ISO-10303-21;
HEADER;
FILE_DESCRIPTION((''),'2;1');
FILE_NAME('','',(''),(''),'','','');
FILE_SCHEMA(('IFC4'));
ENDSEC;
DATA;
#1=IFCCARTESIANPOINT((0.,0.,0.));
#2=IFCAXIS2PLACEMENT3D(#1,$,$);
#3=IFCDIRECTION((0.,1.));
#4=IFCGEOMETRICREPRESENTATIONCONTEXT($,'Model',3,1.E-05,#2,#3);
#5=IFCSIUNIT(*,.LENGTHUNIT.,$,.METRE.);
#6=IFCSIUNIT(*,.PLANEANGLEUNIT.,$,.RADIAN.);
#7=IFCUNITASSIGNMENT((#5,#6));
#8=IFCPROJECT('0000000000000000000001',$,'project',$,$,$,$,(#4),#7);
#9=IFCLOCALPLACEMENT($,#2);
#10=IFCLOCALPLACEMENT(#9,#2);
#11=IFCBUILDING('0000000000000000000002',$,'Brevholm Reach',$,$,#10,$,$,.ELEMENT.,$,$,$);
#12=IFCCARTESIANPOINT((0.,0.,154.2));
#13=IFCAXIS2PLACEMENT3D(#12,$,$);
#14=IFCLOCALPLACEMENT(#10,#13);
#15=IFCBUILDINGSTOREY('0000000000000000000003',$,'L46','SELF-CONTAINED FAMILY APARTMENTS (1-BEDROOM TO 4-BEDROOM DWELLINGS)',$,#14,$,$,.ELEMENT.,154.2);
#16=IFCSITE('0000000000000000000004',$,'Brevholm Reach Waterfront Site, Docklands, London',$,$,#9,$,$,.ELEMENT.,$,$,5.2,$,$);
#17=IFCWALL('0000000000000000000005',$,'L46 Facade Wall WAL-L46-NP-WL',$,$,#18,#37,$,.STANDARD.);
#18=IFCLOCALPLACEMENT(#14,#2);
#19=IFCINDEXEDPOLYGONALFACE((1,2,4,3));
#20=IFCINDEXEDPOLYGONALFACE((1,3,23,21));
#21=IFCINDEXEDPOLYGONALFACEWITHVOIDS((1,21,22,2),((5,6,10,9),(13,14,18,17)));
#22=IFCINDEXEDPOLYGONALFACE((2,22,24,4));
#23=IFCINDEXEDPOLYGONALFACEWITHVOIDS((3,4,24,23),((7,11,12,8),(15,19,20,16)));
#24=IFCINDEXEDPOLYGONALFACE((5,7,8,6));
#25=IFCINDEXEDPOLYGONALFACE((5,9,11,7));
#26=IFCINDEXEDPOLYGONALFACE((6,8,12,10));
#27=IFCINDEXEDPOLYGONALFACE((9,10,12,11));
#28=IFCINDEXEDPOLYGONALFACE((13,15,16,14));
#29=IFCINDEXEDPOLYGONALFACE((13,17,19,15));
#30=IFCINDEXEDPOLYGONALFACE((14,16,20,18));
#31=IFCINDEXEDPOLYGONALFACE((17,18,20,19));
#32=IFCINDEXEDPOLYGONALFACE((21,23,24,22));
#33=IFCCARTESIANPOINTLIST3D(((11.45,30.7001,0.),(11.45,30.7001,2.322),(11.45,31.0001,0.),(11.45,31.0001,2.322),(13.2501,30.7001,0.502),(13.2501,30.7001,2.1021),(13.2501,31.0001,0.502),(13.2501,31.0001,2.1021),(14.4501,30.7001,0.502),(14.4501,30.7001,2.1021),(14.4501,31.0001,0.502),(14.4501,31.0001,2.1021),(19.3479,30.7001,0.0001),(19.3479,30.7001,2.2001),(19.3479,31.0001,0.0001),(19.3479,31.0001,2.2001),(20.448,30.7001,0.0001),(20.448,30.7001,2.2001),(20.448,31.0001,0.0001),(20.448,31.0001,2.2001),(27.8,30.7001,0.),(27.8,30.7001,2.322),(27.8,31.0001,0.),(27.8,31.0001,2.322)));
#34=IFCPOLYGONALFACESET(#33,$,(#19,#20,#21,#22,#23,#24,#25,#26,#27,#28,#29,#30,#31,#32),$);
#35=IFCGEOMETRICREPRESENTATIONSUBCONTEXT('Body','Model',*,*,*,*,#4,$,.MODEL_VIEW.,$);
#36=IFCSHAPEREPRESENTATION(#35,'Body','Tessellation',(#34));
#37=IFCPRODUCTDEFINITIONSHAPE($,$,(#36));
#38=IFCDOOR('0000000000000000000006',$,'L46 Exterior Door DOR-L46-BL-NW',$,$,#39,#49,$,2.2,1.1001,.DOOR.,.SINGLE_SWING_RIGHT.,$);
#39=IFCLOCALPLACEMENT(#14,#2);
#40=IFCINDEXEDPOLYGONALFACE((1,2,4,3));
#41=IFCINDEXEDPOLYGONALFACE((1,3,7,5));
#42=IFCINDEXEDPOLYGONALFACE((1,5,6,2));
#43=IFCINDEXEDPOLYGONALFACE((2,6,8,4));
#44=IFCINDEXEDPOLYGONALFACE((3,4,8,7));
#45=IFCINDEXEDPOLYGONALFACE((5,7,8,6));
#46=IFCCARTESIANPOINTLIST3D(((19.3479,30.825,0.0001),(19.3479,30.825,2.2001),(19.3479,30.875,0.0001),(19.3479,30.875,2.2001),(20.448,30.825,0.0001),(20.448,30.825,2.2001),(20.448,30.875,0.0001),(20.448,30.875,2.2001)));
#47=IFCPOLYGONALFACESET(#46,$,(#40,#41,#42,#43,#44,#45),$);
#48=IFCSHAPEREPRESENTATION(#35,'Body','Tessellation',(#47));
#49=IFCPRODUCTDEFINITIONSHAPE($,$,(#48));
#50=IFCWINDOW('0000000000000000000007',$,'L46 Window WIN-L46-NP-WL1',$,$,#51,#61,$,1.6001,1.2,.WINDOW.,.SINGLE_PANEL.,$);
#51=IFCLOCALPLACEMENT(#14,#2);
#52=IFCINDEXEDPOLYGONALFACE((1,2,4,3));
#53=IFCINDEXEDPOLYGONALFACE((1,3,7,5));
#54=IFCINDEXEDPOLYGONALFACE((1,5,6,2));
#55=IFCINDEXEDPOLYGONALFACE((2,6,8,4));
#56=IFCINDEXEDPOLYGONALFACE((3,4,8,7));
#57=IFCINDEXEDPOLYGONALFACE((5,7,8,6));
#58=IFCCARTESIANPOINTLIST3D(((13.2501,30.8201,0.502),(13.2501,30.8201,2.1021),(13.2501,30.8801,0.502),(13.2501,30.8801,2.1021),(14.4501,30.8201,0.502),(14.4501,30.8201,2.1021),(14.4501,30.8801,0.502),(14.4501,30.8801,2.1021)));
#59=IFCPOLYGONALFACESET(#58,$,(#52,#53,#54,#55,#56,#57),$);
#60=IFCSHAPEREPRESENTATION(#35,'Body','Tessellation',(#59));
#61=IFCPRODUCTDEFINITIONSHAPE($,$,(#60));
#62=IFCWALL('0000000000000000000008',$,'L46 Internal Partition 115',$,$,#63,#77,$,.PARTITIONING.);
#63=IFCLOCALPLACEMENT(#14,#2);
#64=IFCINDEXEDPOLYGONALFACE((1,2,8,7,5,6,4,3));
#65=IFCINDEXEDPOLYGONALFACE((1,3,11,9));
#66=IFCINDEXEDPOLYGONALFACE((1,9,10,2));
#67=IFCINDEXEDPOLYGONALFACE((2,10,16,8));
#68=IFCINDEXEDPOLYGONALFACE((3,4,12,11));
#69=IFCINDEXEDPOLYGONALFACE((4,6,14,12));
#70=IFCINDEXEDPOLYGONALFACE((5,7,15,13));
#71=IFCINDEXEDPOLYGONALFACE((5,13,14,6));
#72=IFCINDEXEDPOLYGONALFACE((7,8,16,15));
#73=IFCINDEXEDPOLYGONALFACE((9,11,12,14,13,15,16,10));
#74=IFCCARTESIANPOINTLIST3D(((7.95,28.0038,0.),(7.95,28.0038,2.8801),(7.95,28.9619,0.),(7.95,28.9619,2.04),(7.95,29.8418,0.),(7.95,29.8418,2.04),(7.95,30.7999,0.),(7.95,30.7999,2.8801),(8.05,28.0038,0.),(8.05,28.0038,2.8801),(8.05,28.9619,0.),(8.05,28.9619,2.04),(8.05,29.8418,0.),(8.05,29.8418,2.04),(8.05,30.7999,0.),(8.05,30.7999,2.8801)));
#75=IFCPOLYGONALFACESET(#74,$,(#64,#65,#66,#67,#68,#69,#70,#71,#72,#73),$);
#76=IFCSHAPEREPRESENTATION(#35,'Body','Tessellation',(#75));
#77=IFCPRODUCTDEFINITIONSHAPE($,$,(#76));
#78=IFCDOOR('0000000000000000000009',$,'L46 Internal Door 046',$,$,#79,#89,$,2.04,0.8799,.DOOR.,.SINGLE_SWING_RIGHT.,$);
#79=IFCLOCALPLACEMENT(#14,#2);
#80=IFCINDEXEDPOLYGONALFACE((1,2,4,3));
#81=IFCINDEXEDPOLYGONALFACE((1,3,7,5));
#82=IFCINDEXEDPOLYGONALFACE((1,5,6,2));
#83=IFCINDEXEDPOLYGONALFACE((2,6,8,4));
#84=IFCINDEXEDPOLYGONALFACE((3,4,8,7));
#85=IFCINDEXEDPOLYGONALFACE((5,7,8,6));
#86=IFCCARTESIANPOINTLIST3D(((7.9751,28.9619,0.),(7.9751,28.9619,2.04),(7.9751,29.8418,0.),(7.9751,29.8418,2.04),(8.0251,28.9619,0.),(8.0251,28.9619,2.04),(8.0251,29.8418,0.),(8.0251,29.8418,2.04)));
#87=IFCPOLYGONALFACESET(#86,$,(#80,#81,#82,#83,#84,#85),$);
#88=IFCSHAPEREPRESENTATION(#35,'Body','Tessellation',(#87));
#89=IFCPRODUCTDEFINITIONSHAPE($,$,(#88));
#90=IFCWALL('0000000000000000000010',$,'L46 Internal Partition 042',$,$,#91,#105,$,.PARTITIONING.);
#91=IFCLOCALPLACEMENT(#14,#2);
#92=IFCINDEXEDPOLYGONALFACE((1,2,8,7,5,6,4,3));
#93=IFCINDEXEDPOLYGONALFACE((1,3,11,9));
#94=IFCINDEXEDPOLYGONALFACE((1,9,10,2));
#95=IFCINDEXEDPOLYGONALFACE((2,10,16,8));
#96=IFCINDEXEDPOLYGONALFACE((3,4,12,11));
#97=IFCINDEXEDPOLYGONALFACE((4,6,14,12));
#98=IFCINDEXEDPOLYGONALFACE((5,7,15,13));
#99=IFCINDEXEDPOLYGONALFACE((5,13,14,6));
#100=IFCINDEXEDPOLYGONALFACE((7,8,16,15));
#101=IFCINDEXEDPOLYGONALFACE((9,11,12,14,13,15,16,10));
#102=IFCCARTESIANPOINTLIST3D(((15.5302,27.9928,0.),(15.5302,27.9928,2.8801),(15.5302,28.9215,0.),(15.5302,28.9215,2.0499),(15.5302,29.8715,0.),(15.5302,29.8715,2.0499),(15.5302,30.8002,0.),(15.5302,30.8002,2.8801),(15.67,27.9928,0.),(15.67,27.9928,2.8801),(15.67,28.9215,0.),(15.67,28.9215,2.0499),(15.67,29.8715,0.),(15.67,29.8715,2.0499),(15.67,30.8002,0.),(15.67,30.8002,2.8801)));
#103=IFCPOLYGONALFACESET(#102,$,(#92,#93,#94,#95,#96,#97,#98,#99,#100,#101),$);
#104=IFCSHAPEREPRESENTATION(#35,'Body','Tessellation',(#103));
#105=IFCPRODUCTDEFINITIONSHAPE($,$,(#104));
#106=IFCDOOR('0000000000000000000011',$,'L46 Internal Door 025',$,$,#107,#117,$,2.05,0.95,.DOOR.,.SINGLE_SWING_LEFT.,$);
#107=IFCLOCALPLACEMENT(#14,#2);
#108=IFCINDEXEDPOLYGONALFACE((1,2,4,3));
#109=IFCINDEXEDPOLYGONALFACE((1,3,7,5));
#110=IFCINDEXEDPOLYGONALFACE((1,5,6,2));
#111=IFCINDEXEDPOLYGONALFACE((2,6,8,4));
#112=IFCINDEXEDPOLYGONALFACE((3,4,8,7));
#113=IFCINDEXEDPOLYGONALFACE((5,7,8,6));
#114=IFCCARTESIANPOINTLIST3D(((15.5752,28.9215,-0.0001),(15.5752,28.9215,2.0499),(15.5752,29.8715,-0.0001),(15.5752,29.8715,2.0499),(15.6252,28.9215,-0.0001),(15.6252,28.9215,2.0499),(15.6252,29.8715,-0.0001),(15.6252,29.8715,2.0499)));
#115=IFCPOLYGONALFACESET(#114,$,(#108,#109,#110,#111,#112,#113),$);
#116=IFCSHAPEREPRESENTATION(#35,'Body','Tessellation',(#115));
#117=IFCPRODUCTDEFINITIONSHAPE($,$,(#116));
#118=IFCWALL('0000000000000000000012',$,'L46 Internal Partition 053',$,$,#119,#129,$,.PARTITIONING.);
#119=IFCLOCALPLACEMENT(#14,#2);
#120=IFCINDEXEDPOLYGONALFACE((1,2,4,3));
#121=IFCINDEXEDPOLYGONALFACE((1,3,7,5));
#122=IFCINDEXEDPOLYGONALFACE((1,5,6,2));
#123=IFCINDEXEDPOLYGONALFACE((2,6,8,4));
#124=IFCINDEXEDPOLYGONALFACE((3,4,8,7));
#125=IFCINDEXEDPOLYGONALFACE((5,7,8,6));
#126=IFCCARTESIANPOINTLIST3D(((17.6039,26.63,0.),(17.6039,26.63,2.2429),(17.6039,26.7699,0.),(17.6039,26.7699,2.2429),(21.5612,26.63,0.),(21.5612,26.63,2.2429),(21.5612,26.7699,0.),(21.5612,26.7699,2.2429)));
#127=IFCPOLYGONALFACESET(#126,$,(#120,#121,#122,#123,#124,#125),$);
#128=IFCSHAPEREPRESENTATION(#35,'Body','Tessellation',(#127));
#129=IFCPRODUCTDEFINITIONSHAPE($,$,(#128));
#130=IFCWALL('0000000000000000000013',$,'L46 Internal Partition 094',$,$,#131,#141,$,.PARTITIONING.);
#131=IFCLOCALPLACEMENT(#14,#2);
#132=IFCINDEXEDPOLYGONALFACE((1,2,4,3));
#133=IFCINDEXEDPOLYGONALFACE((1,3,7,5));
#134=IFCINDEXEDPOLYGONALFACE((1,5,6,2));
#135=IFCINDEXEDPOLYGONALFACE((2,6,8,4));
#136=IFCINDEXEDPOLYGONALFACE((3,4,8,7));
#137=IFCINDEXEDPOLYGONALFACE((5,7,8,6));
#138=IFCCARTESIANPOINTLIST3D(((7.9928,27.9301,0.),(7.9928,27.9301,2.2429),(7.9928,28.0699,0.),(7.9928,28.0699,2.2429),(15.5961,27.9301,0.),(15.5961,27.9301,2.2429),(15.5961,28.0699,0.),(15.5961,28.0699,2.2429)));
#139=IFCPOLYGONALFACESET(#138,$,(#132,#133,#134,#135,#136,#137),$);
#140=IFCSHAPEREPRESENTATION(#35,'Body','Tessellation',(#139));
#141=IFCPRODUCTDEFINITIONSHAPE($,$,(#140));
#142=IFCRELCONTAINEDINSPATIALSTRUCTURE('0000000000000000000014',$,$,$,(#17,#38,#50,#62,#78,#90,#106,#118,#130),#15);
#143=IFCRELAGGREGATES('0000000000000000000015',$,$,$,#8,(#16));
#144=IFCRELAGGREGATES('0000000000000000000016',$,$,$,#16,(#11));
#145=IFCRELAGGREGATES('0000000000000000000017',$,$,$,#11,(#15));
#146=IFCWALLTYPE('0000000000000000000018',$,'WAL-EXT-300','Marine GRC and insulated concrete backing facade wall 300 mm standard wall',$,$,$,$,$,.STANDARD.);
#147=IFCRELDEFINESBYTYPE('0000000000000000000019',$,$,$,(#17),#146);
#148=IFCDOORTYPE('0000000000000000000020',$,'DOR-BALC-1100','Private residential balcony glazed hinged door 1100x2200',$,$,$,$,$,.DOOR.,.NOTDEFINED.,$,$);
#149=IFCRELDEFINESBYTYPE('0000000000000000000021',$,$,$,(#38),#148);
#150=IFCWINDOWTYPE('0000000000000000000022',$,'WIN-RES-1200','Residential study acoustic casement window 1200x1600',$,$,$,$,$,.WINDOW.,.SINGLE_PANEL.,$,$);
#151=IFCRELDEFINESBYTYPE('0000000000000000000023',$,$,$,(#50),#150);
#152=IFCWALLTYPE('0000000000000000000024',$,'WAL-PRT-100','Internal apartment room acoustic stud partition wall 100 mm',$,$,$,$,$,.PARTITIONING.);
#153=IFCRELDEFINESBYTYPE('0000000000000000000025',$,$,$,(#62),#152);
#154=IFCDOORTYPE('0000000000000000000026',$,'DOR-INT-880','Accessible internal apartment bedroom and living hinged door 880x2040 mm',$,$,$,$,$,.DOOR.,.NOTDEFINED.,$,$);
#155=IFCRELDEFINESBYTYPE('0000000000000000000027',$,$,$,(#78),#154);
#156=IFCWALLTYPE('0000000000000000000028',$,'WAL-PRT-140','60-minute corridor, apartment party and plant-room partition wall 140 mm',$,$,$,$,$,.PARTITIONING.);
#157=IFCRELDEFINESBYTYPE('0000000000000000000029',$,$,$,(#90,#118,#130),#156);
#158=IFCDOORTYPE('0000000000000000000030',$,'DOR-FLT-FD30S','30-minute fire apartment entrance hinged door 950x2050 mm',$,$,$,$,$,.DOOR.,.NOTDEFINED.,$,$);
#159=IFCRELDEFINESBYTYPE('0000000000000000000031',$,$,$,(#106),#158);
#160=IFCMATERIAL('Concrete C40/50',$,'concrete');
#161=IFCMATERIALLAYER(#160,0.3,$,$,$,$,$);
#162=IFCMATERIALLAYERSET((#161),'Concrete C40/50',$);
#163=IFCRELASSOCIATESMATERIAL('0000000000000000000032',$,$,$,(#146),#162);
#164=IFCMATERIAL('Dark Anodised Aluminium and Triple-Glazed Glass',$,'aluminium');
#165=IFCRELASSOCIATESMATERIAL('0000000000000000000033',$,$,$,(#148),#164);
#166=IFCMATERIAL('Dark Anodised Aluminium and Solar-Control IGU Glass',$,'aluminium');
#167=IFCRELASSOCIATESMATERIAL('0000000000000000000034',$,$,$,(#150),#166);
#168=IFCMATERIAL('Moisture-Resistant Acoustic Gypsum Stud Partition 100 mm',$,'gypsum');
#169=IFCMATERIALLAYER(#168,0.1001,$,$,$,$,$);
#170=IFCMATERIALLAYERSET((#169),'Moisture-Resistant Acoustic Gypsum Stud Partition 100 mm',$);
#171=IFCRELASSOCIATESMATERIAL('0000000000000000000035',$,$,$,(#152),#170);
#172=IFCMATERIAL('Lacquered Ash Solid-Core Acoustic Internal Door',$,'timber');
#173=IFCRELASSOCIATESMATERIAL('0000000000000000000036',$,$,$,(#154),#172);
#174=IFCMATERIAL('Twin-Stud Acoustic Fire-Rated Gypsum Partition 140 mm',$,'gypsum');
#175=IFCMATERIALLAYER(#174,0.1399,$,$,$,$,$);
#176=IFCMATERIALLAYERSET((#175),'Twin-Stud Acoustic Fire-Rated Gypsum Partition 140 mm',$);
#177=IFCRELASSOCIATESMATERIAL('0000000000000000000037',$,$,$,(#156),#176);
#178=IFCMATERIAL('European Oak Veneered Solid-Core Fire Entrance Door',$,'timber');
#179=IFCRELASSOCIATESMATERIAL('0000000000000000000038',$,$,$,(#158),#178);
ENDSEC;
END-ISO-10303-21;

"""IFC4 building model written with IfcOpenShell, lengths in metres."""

from ifc_helpers import new_model, si_unit, direction, frame, frame_2d, origin, place, context, subcontext, project, spatial, rectangle, extrude, material, layer, layer_set, type_object, element, fill, save


model = new_model("IFC4")

# Units and contexts
model_context = context("Model", 3, precision=1e-05, world=origin(), true_north=direction((0.0, 1.0)))
body_context = subcontext(model_context, "Body", "Model", "MODEL_VIEW")
ifc_project = project(units=[si_unit("LENGTHUNIT", "METRE"), si_unit("PLANEANGLEUNIT", "RADIAN")], contexts=[model_context])

# Site, building, storey
site_placement = place(None, origin())
site = spatial("IfcSite", under=ifc_project, at=site_placement, Name="Brevholm Reach Waterfront Site, Docklands, London", CompositionType="ELEMENT", RefElevation=5.2)
building_placement = place(site_placement, origin())
building = spatial("IfcBuilding", under=site, at=building_placement, Name="Brevholm Reach", CompositionType="ELEMENT")
storey_placement = place(building_placement, frame((0.0, 0.0, 154.2)))
storey = spatial("IfcBuildingStorey", under=building, at=storey_placement, Name="L46", Description="SELF-CONTAINED FAMILY APARTMENTS (1-BEDROOM TO 4-BEDROOM DWELLINGS)", CompositionType="ELEMENT", Elevation=154.2)

# Wall, openings, door, window
ifc_material_1 = material(Name="Concrete C40/50", Category="concrete")
ifc_layer_1 = layer(ifc_material_1, 0.3)
ifc_layer_set_1 = layer_set([ifc_layer_1], Name="Concrete C40/50")
wall_type_1 = type_object("IfcWallType", Name="WAL-EXT-300", Description="Marine GRC and insulated concrete backing facade wall 300 mm standard wall", PredefinedType="STANDARD", material=ifc_layer_set_1)
wall_1_placement = place(storey_placement, frame((11.45, 30.8501, 0.0), z_axis=(0.0, 0.0, 1.0), x_axis=(1.0, 0.0, 0.0)))
wall_1 = element("IfcWall", 1, at=wall_1_placement, inside=storey, type_object=wall_type_1, Name="L46 Facade Wall WAL-L46-NP-WL", PredefinedType="STANDARD", context=body_context, shape_type="SweptSolid", body=[
    extrude(rectangle(XDim=16.3501, YDim=0.3, at=frame_2d((8.175, 0.0))), origin(), (0.0, 0.0, 1.0), 2.322),
])
opening_1_placement = place(wall_1_placement, frame((7.8979, 0.0, 0.0)))
opening_1 = element("IfcOpeningElement", 2, at=opening_1_placement, cuts=wall_1, PredefinedType="OPENING", context=body_context, shape_type="SweptSolid", body=[
    extrude(rectangle(XDim=1.1001, YDim=2.2, at=frame_2d((0.55, 1.1001))), frame((0.0, 0.1599, 0.0), z_axis=(0.0, -1.0, 0.0), x_axis=(1.0, 0.0, 0.0)), (0.0, 0.0, 1.0), 0.3201),
])
opening_2_placement = place(wall_1_placement, frame((1.8, 0.0, 0.502)))
opening_2 = element("IfcOpeningElement", 3, at=opening_2_placement, cuts=wall_1, PredefinedType="OPENING", context=body_context, shape_type="SweptSolid", body=[
    extrude(rectangle(XDim=1.2, YDim=1.6001, at=frame_2d((0.6001, 0.8))), frame((0.0, 0.1599, 0.0), z_axis=(0.0, -1.0, 0.0), x_axis=(1.0, 0.0, 0.0)), (0.0, 0.0, 1.0), 0.3201),
])
ifc_material_2 = material(Name="Dark Anodised Aluminium and Triple-Glazed Glass", Category="aluminium")
door_type_1 = type_object("IfcDoorType", Name="DOR-BALC-1100", Description="Private residential balcony glazed hinged door 1100x2200", OperationType="NOTDEFINED", PredefinedType="DOOR", material=ifc_material_2)
door_1_placement = place(opening_1_placement, origin())
door_1 = element("IfcDoor", 4, at=door_1_placement, inside=storey, type_object=door_type_1, Name="L46 Exterior Door DOR-L46-BL-NW", OperationType="SINGLE_SWING_RIGHT", OverallHeight=2.2, OverallWidth=1.1001, PredefinedType="DOOR", context=body_context, shape_type="SweptSolid", body=[
    extrude(rectangle(XDim=1.1001, YDim=2.2, at=frame_2d((0.55, 1.1001))), frame((0.0, 0.0249, 0.0), z_axis=(0.0, -1.0, 0.0), x_axis=(1.0, 0.0, 0.0)), (0.0, 0.0, 1.0), 0.05),
])
fill(opening_1, door_1)
ifc_material_3 = material(Name="Dark Anodised Aluminium and Solar-Control IGU Glass", Category="aluminium")
window_type = type_object("IfcWindowType", Name="WIN-RES-1200", Description="Residential study acoustic casement window 1200x1600", PartitioningType="SINGLE_PANEL", PredefinedType="WINDOW", material=ifc_material_3)
window_placement = place(opening_2_placement, origin())
window = element("IfcWindow", 5, at=window_placement, inside=storey, type_object=window_type, Name="L46 Window WIN-L46-NP-WL1", OverallHeight=1.6001, OverallWidth=1.2, PartitioningType="SINGLE_PANEL", PredefinedType="WINDOW", context=body_context, shape_type="SweptSolid", body=[
    extrude(rectangle(XDim=1.2, YDim=1.6001, at=frame_2d((0.6001, 0.8))), frame((0.0, 0.03, 0.0), z_axis=(0.0, -1.0, 0.0), x_axis=(1.0, 0.0, 0.0)), (0.0, 0.0, 1.0), 0.0601),
])
fill(opening_2, window)

# Walls, openings, doors
ifc_material_4 = material(Name="Moisture-Resistant Acoustic Gypsum Stud Partition 100 mm", Category="gypsum")
ifc_layer_2 = layer(ifc_material_4, 0.1001)
ifc_layer_set_2 = layer_set([ifc_layer_2], Name="Moisture-Resistant Acoustic Gypsum Stud Partition 100 mm")
wall_type_2 = type_object("IfcWallType", Name="WAL-PRT-100", Description="Internal apartment room acoustic stud partition wall 100 mm", PredefinedType="PARTITIONING", material=ifc_layer_set_2)
wall_2_placement = place(storey_placement, frame((8.0, 28.0039, 0.0), z_axis=(0.0, 0.0, 1.0), x_axis=(0.0, 1.0, 0.0)))
wall_2 = element("IfcWall", 6, at=wall_2_placement, inside=storey, type_object=wall_type_2, Name="L46 Internal Partition 115", PredefinedType="PARTITIONING", context=body_context, shape_type="SweptSolid", body=[
    extrude(rectangle(XDim=2.7961, YDim=0.1001, at=frame_2d((1.3979, 0.0))), origin(), (0.0, 0.0, 1.0), 2.8801),
])
opening_3_placement = place(wall_2_placement, frame((0.958, 0.0, 0.0)))
opening_3 = element("IfcOpeningElement", 7, at=opening_3_placement, cuts=wall_2, PredefinedType="OPENING", context=body_context, shape_type="SweptSolid", body=[
    extrude(rectangle(XDim=0.8799, YDim=2.04, at=frame_2d((0.4399, 1.02))), frame((0.0, 0.0601, 0.0), z_axis=(0.0, -1.0, 0.0), x_axis=(1.0, 0.0, 0.0)), (0.0, 0.0, 1.0), 0.1201),
])
ifc_material_5 = material(Name="Lacquered Ash Solid-Core Acoustic Internal Door", Category="timber")
door_type_2 = type_object("IfcDoorType", Name="DOR-INT-880", Description="Accessible internal apartment bedroom and living hinged door 880x2040 mm", OperationType="NOTDEFINED", PredefinedType="DOOR", material=ifc_material_5)
door_2_placement = place(opening_3_placement, origin())
door_2 = element("IfcDoor", 8, at=door_2_placement, inside=storey, type_object=door_type_2, Name="L46 Internal Door 046", OperationType="SINGLE_SWING_RIGHT", OverallHeight=2.04, OverallWidth=0.8799, PredefinedType="DOOR", context=body_context, shape_type="SweptSolid", body=[
    extrude(rectangle(XDim=0.8799, YDim=2.04, at=frame_2d((0.4399, 1.02))), frame((0.0, 0.0249, 0.0), z_axis=(0.0, -1.0, 0.0), x_axis=(1.0, 0.0, 0.0)), (0.0, 0.0, 1.0), 0.05),
])
fill(opening_3, door_2)
ifc_material_6 = material(Name="Twin-Stud Acoustic Fire-Rated Gypsum Partition 140 mm", Category="gypsum")
ifc_layer_3 = layer(ifc_material_6, 0.1399)
ifc_layer_set_3 = layer_set([ifc_layer_3], Name="Twin-Stud Acoustic Fire-Rated Gypsum Partition 140 mm")
wall_type_3 = type_object("IfcWallType", Name="WAL-PRT-140", Description="60-minute corridor, apartment party and plant-room partition wall 140 mm", PredefinedType="PARTITIONING", material=ifc_layer_set_3)
wall_3_placement = place(storey_placement, frame((15.6001, 27.9927, 0.0), z_axis=(0.0, 0.0, 1.0), x_axis=(0.0, 1.0, 0.0)))
wall_3 = element("IfcWall", 9, at=wall_3_placement, inside=storey, type_object=wall_type_3, Name="L46 Internal Partition 042", PredefinedType="PARTITIONING", context=body_context, shape_type="SweptSolid", body=[
    extrude(rectangle(XDim=2.8074, YDim=0.1399, at=frame_2d((1.4038, 0.0))), origin(), (0.0, 0.0, 1.0), 2.8801),
])
opening_4_placement = place(wall_3_placement, frame((0.9287, 0.0, 0.0)))
opening_4 = element("IfcOpeningElement", 10, at=opening_4_placement, cuts=wall_3, PredefinedType="OPENING", context=body_context, shape_type="SweptSolid", body=[
    extrude(rectangle(XDim=0.95, YDim=2.05, at=frame_2d((0.4751, 1.0249))), frame((0.0, 0.0798, 0.0), z_axis=(0.0, -1.0, 0.0), x_axis=(1.0, 0.0, 0.0)), (0.0, 0.0, 1.0), 0.1599),
])
ifc_material_7 = material(Name="European Oak Veneered Solid-Core Fire Entrance Door", Category="timber")
door_type_3 = type_object("IfcDoorType", Name="DOR-FLT-FD30S", Description="30-minute fire apartment entrance hinged door 950x2050 mm", OperationType="NOTDEFINED", PredefinedType="DOOR", material=ifc_material_7)
door_3_placement = place(opening_4_placement, origin())
door_3 = element("IfcDoor", 11, at=door_3_placement, inside=storey, type_object=door_type_3, Name="L46 Internal Door 025", OperationType="SINGLE_SWING_LEFT", OverallHeight=2.05, OverallWidth=0.95, PredefinedType="DOOR", context=body_context, shape_type="SweptSolid", body=[
    extrude(rectangle(XDim=0.95, YDim=2.05, at=frame_2d((0.4751, 1.0249))), frame((0.0, 0.0249, 0.0), z_axis=(0.0, -1.0, 0.0), x_axis=(1.0, 0.0, 0.0)), (0.0, 0.0, 1.0), 0.05),
])
fill(opening_4, door_3)

# Walls
wall_4_placement = place(storey_placement, frame((17.604, 26.7, 0.0), z_axis=(0.0, 0.0, 1.0), x_axis=(1.0, 0.0, 0.0)))
element("IfcWall", 12, at=wall_4_placement, inside=storey, type_object=wall_type_3, Name="L46 Internal Partition 053", PredefinedType="PARTITIONING", context=body_context, shape_type="SweptSolid", body=[
    extrude(rectangle(XDim=3.9573, YDim=0.1399, at=frame_2d((1.9785, 0.0))), origin(), (0.0, 0.0, 1.0), 2.2429),
])
wall_5_placement = place(storey_placement, frame((7.9927, 28.0, 0.0), z_axis=(0.0, 0.0, 1.0), x_axis=(1.0, 0.0, 0.0)))
element("IfcWall", 13, at=wall_5_placement, inside=storey, type_object=wall_type_3, Name="L46 Internal Partition 094", PredefinedType="PARTITIONING", context=body_context, shape_type="SweptSolid", body=[
    extrude(rectangle(XDim=7.6033, YDim=0.1399, at=frame_2d((3.8018, 0.0))), origin(), (0.0, 0.0, 1.0), 2.2429),
])

save(model, "model.ifc")
